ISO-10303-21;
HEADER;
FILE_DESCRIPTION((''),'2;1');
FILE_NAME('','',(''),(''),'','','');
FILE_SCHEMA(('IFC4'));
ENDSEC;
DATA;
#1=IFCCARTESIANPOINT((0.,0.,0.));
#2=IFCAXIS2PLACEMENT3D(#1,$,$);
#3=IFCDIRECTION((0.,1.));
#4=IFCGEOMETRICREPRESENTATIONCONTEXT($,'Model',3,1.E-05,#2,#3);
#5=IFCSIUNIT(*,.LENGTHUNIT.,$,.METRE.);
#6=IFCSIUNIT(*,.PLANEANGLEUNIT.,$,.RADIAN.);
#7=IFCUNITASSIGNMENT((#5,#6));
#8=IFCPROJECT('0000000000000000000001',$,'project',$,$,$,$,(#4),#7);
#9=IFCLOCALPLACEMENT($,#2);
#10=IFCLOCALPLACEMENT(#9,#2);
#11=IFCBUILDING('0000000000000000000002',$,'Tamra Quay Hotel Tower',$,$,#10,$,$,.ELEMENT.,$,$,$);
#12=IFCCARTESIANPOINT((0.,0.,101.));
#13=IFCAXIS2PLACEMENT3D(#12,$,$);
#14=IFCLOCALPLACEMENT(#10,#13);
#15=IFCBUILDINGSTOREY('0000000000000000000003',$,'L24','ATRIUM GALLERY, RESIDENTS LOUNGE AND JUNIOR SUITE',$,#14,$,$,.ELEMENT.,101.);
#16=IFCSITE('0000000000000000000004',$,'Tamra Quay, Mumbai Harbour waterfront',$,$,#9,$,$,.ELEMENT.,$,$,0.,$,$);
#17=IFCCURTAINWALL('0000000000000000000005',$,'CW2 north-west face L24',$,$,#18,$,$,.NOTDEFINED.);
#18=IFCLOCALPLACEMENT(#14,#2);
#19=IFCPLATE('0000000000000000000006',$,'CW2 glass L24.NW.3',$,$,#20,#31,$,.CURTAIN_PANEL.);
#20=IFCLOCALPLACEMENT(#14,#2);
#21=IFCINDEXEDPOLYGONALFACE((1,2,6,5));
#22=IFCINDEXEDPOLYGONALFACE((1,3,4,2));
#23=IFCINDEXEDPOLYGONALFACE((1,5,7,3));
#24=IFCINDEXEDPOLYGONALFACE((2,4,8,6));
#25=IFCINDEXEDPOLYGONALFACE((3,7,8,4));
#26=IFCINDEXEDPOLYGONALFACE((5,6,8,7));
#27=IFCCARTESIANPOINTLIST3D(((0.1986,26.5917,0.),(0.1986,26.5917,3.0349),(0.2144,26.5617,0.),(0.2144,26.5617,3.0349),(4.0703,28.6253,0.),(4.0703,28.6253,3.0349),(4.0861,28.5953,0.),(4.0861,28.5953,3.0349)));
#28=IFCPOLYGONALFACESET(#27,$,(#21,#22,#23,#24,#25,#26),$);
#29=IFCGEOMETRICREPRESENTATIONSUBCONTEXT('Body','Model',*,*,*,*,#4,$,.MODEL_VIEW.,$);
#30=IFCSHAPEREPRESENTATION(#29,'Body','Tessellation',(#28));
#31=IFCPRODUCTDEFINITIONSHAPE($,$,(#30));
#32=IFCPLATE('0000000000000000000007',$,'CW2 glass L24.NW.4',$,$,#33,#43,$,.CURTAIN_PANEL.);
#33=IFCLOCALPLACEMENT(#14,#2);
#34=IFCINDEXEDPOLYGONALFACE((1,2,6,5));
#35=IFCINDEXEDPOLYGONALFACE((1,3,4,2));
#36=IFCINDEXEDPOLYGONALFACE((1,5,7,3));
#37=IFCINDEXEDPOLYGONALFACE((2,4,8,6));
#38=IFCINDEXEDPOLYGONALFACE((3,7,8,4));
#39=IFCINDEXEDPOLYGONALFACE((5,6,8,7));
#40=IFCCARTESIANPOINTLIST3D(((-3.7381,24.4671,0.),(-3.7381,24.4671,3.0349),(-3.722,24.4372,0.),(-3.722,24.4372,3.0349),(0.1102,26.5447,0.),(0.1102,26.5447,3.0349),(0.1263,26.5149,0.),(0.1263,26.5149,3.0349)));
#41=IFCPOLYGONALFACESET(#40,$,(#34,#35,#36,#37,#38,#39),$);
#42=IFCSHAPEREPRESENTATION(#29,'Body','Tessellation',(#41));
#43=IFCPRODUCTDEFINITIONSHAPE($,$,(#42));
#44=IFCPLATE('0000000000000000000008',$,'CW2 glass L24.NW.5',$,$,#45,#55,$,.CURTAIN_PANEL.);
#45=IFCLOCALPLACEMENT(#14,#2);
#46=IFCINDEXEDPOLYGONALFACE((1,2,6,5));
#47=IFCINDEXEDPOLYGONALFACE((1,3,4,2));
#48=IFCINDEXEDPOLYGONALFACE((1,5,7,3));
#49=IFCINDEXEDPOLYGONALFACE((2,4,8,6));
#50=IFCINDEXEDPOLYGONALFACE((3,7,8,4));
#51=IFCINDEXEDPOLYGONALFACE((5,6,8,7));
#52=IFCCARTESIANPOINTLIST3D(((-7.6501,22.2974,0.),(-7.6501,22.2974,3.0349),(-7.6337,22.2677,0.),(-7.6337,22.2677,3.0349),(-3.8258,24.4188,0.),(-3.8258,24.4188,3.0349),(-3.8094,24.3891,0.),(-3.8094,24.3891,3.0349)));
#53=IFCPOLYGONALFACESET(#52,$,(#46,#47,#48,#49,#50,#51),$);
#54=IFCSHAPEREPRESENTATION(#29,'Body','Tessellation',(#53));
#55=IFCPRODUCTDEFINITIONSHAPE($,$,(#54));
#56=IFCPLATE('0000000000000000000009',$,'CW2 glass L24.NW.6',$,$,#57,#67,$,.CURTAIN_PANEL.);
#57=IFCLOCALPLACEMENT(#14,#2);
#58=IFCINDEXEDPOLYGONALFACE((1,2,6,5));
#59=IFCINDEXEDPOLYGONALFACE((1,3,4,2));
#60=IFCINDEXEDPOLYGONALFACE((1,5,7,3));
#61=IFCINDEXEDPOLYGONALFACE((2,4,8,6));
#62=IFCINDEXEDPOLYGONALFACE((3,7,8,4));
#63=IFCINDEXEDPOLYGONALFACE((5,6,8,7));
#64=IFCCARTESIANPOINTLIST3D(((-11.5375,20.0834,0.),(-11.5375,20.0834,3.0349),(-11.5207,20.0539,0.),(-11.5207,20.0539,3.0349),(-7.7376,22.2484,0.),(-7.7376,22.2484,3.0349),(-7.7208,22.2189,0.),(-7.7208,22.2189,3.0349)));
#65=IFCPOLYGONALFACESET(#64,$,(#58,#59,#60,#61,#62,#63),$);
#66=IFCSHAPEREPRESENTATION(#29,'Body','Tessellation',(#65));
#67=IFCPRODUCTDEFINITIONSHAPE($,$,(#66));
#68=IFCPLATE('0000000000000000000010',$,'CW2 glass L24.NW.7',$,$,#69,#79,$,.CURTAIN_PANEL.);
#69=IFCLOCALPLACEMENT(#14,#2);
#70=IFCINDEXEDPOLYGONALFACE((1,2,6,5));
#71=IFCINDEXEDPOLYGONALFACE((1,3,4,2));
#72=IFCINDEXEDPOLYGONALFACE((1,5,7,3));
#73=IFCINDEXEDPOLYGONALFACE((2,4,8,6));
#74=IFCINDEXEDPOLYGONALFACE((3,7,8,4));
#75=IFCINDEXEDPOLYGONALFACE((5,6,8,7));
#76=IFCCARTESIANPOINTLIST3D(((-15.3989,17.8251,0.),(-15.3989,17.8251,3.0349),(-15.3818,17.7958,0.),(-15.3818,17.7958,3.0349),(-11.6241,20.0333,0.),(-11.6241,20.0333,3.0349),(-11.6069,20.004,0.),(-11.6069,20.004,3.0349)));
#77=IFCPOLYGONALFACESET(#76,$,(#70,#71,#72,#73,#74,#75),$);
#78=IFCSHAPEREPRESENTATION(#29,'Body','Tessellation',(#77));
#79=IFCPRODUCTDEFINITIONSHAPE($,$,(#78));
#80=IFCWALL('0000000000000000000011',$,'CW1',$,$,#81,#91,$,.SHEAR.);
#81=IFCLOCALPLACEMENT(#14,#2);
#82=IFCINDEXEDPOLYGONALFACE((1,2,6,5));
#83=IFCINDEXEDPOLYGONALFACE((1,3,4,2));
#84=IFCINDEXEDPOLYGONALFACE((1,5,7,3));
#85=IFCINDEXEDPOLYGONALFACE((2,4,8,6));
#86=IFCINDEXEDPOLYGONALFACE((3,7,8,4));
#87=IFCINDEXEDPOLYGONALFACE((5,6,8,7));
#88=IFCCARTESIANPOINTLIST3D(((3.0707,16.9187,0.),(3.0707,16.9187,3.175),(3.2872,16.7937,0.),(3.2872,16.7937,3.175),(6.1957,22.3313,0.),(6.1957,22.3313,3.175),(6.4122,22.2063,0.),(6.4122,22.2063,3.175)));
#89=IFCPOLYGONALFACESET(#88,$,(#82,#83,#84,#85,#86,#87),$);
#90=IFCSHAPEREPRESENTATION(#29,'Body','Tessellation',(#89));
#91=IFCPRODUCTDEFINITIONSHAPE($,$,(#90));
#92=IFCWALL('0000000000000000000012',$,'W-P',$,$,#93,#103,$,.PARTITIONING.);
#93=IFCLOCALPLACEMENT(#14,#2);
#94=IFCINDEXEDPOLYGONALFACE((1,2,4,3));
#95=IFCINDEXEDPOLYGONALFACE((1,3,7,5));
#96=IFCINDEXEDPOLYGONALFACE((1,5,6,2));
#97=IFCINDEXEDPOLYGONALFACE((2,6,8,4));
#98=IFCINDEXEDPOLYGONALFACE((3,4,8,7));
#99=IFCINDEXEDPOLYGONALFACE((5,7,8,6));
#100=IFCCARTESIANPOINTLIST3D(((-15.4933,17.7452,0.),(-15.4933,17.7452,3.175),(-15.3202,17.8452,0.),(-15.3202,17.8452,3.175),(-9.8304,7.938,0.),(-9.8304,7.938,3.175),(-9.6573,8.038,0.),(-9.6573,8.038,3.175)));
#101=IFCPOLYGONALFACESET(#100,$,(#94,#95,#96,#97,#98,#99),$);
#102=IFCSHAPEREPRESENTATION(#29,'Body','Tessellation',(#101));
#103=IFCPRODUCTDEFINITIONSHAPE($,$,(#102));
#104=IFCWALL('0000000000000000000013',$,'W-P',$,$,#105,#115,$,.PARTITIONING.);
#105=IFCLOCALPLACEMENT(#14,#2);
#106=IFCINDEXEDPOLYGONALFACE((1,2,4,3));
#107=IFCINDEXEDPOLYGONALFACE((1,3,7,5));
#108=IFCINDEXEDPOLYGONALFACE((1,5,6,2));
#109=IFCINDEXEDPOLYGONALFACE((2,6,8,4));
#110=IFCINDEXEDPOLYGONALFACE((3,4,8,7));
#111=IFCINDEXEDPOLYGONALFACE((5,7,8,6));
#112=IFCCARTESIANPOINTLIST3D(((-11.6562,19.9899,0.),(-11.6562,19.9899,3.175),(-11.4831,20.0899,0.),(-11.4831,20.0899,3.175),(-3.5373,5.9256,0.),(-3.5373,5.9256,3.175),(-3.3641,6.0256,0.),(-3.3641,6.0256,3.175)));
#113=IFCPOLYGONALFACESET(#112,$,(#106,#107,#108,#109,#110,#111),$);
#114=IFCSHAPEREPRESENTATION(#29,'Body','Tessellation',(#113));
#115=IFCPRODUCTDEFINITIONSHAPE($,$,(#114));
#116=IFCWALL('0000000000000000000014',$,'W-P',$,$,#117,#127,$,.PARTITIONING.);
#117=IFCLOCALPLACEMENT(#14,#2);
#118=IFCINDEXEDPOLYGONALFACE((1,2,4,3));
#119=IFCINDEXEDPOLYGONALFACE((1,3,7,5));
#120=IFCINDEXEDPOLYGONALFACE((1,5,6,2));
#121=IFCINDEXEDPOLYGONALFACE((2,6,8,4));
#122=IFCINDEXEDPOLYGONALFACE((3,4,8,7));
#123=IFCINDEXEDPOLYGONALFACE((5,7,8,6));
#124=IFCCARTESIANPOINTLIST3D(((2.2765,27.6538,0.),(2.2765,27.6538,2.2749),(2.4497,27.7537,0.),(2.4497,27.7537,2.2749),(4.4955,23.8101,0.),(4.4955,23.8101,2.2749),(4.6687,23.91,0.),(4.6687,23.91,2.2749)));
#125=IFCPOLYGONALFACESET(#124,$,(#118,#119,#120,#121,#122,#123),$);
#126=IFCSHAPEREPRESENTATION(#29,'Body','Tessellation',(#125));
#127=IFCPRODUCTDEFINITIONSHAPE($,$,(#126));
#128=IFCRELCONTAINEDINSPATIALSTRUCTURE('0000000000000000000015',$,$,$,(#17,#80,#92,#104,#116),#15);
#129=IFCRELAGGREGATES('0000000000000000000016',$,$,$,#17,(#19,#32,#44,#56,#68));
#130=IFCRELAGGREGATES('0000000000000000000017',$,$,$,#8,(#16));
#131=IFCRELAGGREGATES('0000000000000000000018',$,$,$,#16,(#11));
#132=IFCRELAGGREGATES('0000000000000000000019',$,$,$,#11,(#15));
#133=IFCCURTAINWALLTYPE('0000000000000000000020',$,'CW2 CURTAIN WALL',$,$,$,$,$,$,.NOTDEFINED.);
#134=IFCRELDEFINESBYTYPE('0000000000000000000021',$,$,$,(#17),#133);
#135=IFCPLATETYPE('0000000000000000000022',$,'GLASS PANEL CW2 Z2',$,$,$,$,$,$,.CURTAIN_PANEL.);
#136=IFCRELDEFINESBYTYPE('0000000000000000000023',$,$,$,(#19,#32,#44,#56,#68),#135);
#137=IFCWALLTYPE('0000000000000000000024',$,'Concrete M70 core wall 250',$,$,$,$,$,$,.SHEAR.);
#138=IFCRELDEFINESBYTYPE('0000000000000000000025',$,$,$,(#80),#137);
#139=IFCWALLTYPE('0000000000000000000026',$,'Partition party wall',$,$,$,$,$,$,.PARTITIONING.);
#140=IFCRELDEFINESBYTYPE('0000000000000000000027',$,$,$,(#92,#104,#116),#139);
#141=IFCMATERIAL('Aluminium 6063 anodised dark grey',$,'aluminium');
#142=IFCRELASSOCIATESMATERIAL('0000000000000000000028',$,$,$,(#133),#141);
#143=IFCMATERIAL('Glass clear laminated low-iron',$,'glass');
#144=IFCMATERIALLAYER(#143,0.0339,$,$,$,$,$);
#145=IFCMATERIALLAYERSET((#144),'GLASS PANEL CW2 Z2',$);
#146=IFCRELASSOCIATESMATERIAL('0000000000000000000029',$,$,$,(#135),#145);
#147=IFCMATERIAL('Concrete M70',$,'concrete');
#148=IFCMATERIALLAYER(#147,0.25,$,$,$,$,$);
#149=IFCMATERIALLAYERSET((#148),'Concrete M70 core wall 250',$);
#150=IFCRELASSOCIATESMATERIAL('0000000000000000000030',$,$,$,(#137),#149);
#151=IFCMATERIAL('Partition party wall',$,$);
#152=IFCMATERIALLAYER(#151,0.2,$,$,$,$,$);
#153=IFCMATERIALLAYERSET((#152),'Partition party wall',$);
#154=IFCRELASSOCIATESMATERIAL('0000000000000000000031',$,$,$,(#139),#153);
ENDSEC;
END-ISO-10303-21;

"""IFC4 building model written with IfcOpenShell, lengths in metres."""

from ifc_helpers import new_model, si_unit, direction, frame, frame_2d, origin, origin_2d, place, context, subcontext, project, spatial, rectangle, extrude, material, layer, layer_set, type_object, element, aggregate, save


model = new_model("IFC4")

# Units and contexts
model_context = context("Model", 3, precision=1e-05, world=origin(), true_north=direction((0.0, 1.0)))
body_context = subcontext(model_context, "Body", "Model", "MODEL_VIEW")
ifc_project = project(units=[si_unit("LENGTHUNIT", "METRE"), si_unit("PLANEANGLEUNIT", "RADIAN")], contexts=[model_context])

# Site, building, storey
site_placement = place(None, origin())
site = spatial("IfcSite", under=ifc_project, at=site_placement, Name="Tamra Quay, Mumbai Harbour waterfront", CompositionType="ELEMENT", RefElevation=0.0)
building_placement = place(site_placement, origin())
building = spatial("IfcBuilding", under=site, at=building_placement, Name="Tamra Quay Hotel Tower", CompositionType="ELEMENT")
storey_placement = place(building_placement, frame((0.0, 0.0, 101.0)))
storey = spatial("IfcBuildingStorey", under=building, at=storey_placement, Name="L24", Description="ATRIUM GALLERY, RESIDENTS LOUNGE AND JUNIOR SUITE", CompositionType="ELEMENT", Elevation=101.0)

# Shared definitions
ifc_material_1 = material(Name="Concrete M70", Category="concrete")

# Curtain wall
ifc_material_2 = material(Name="Aluminium 6063 anodised dark grey", Category="aluminium")
curtain_wall_type = type_object("IfcCurtainWallType", Name="CW2 CURTAIN WALL", PredefinedType="NOTDEFINED", material=ifc_material_2)
curtain_wall_placement = place(storey_placement, origin())
curtain_wall = element("IfcCurtainWall", 1, at=curtain_wall_placement, inside=storey, type_object=curtain_wall_type, Name="CW2 north-west face L24", PredefinedType="NOTDEFINED")

# Plates
ifc_material_3 = material(Name="Glass clear laminated low-iron", Category="glass")
ifc_layer_1 = layer(ifc_material_3, 0.0339)
ifc_layer_set_1 = layer_set([ifc_layer_1], Name="GLASS PANEL CW2 Z2")
plate_type = type_object("IfcPlateType", Name="GLASS PANEL CW2 Z2", PredefinedType="CURTAIN_PANEL", material=ifc_layer_set_1)
plate_1_placement = place(storey_placement, frame((2.1423, 27.5935, 0.0), z_axis=(0.0, 0.0, 1.0), x_axis=(-0.885306, -0.465009, 0.0)))
plate_1 = element("IfcPlate", 2, at=plate_1_placement, type_object=plate_type, Name="CW2 glass L24.NW.3", PredefinedType="CURTAIN_PANEL", context=body_context, shape_type="SweptSolid", body=[
    extrude(rectangle(XDim=4.3733, YDim=0.0339, at=origin_2d()), origin(), (0.0, 0.0, 1.0), 3.0349),
])
plate_2_placement = place(storey_placement, frame((-1.8059, 25.491, 0.0), z_axis=(0.0, 0.0, 1.0), x_axis=(-0.879946, -0.475074, 0.0)))
plate_2 = element("IfcPlate", 3, at=plate_2_placement, type_object=plate_type, Name="CW2 glass L24.NW.4", PredefinedType="CURTAIN_PANEL", context=body_context, shape_type="SweptSolid", body=[
    extrude(rectangle(XDim=4.3733, YDim=0.0339, at=origin_2d()), origin(), (0.0, 0.0, 1.0), 3.0349),
])
plate_3_placement = place(storey_placement, frame((-5.7297, 23.3433, 0.0), z_axis=(0.0, 0.0, 1.0), x_axis=(-0.874465, -0.485088, 0.0)))
plate_3 = element("IfcPlate", 4, at=plate_3_placement, type_object=plate_type, Name="CW2 glass L24.NW.5", PredefinedType="CURTAIN_PANEL", context=body_context, shape_type="SweptSolid", body=[
    extrude(rectangle(XDim=4.3733, YDim=0.0339, at=origin_2d()), origin(), (0.0, 0.0, 1.0), 3.0349),
])
plate_4_placement = place(storey_placement, frame((-9.6292, 21.1511, 0.0), z_axis=(0.0, 0.0, 1.0), x_axis=(-0.868868, -0.495045, 0.0)))
plate_4 = element("IfcPlate", 5, at=plate_4_placement, type_object=plate_type, Name="CW2 glass L24.NW.6", PredefinedType="CURTAIN_PANEL", context=body_context, shape_type="SweptSolid", body=[
    extrude(rectangle(XDim=4.3733, YDim=0.0339, at=origin_2d()), origin(), (0.0, 0.0, 1.0), 3.0349),
])
plate_5_placement = place(storey_placement, frame((-13.5029, 18.9146, 0.0), z_axis=(0.0, 0.0, 1.0), x_axis=(-0.863155, -0.504939, 0.0)))
plate_5 = element("IfcPlate", 6, at=plate_5_placement, type_object=plate_type, Name="CW2 glass L24.NW.7", PredefinedType="CURTAIN_PANEL", context=body_context, shape_type="SweptSolid", body=[
    extrude(rectangle(XDim=4.3733, YDim=0.0339, at=origin_2d()), origin(), (0.0, 0.0, 1.0), 3.0349),
])
aggregate(curtain_wall, [plate_1, plate_2, plate_3, plate_4, plate_5])

# Walls
ifc_layer_2 = layer(ifc_material_1, 0.25)
ifc_layer_set_2 = layer_set([ifc_layer_2], Name="Concrete M70 core wall 250")
wall_type_1 = type_object("IfcWallType", Name="Concrete M70 core wall 250", PredefinedType="SHEAR", material=ifc_layer_set_2)
wall_1_placement = place(storey_placement, frame((3.179, 16.8562, 0.0), z_axis=(0.0, 0.0, 1.0), x_axis=(0.500004, 0.866023, 0.0)))
element("IfcWall", 7, at=wall_1_placement, inside=storey, type_object=wall_type_1, Name="CW1", PredefinedType="SHEAR", context=body_context, shape_type="SweptSolid", body=[
    extrude(rectangle(XDim=6.25, YDim=0.25, at=frame_2d((3.125, 0.0))), origin(), (0.0, 0.0, 1.0), 3.175),
])
ifc_material_4 = material(Name="Partition party wall")
ifc_layer_3 = layer(ifc_material_4, 0.2)
ifc_layer_set_3 = layer_set([ifc_layer_3], Name="Partition party wall")
wall_type_2 = type_object("IfcWallType", Name="Partition party wall", PredefinedType="PARTITIONING", material=ifc_layer_set_3)
wall_2_placement = place(storey_placement, frame((-15.4067, 17.7952, 0.0), z_axis=(0.0, 0.0, 1.0), x_axis=(0.500046, -0.865999, 0.0)))
element("IfcWall", 8, at=wall_2_placement, inside=storey, type_object=wall_type_2, Name="W-P", PredefinedType="PARTITIONING", context=body_context, shape_type="SweptSolid", body=[
    extrude(rectangle(XDim=11.3247, YDim=0.2, at=frame_2d((5.6624, 0.0))), origin(), (0.0, 0.0, 1.0), 3.175),
])
wall_3_placement = place(storey_placement, frame((-11.5696, 20.0398, 0.0), z_axis=(0.0, 0.0, 1.0), x_axis=(0.49995, -0.866054, 0.0)))
element("IfcWall", 9, at=wall_3_placement, inside=storey, type_object=wall_type_2, Name="W-P", PredefinedType="PARTITIONING", context=body_context, shape_type="SweptSolid", body=[
    extrude(rectangle(XDim=16.2395, YDim=0.2, at=frame_2d((8.1196, 0.0))), origin(), (0.0, 0.0, 1.0), 3.175),
])
wall_4_placement = place(storey_placement, frame((2.363, 27.7039, 0.0), z_axis=(0.0, 0.0, 1.0), x_axis=(0.499967, -0.866045, 0.0)))
element("IfcWall", 10, at=wall_4_placement, inside=storey, type_object=wall_type_2, Name="W-P", PredefinedType="PARTITIONING", context=body_context, shape_type="SweptSolid", body=[
    extrude(rectangle(XDim=4.4382, YDim=0.2, at=frame_2d((2.2192, 0.0))), origin(), (0.0, 0.0, 1.0), 2.2749),
])

save(model, "model.ifc")
